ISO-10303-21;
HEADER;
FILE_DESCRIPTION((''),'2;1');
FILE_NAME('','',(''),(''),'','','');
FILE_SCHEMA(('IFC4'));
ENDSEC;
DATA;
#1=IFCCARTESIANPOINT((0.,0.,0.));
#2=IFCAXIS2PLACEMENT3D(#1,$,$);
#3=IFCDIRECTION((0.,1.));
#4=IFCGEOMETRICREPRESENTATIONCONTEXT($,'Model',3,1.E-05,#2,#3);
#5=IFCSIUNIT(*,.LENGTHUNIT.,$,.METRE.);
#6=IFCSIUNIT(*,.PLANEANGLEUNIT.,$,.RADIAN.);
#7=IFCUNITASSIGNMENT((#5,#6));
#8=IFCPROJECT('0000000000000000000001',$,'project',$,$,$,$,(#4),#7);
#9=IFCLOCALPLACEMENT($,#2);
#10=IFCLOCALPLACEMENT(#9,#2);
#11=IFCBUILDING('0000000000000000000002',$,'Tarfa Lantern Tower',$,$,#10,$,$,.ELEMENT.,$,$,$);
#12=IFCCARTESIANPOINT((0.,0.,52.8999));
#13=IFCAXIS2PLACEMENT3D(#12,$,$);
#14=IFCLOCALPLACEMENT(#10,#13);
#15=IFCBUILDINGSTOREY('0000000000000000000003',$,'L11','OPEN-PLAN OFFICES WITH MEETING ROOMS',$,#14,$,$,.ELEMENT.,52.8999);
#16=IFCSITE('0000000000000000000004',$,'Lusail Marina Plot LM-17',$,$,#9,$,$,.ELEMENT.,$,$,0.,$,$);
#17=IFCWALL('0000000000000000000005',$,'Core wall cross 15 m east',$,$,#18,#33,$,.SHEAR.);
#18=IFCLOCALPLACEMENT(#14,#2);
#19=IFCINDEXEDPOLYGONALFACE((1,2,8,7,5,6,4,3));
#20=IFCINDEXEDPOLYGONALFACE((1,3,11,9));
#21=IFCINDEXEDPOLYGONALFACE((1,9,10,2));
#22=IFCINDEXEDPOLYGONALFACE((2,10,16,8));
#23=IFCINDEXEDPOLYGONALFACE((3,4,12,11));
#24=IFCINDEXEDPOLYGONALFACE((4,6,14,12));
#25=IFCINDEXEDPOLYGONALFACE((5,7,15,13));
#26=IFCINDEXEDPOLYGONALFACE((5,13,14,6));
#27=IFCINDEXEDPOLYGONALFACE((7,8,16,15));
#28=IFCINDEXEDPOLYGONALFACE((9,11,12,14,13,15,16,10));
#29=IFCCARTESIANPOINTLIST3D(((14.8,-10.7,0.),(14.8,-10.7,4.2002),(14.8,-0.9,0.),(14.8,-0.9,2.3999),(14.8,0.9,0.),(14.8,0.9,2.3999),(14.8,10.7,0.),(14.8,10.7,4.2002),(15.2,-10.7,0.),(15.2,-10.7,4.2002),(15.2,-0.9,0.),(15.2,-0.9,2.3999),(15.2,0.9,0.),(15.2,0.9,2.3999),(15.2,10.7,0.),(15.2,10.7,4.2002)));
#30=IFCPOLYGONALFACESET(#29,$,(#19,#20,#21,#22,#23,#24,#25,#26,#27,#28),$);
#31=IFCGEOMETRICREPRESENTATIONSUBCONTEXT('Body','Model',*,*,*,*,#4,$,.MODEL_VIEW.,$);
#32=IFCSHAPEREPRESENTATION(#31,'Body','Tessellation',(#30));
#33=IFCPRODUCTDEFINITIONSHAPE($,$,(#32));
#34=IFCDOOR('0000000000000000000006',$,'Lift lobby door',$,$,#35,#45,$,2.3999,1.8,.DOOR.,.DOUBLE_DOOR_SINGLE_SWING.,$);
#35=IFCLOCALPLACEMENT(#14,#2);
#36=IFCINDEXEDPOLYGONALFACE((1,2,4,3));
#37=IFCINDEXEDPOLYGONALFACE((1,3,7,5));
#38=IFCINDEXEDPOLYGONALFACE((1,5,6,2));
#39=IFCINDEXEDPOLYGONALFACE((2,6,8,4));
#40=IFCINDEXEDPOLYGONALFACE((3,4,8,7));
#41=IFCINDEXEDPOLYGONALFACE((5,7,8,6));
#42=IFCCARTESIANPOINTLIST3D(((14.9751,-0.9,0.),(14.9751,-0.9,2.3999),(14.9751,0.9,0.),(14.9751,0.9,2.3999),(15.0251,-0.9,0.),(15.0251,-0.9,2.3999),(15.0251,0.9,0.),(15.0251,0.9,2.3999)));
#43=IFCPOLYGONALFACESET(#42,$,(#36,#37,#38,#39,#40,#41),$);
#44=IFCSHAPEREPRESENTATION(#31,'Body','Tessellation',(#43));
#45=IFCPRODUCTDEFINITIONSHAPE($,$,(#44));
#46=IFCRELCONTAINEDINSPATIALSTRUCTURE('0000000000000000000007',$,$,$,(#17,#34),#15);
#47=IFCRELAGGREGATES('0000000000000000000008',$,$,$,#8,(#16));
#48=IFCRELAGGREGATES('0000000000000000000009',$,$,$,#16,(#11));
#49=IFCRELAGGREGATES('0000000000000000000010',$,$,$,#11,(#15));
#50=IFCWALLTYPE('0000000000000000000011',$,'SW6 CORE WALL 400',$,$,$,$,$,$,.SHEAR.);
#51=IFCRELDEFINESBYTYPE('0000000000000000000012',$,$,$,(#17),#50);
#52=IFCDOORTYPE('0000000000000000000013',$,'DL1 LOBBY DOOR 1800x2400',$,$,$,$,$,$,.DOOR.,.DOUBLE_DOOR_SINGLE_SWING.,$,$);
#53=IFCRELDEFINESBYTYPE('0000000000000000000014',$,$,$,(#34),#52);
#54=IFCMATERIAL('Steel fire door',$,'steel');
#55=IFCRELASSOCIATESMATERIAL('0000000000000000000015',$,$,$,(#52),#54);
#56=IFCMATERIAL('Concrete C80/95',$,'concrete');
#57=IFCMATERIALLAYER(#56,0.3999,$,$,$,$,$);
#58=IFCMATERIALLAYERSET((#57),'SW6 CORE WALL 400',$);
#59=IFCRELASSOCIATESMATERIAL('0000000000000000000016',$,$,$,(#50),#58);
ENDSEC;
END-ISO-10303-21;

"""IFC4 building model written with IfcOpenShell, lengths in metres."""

from ifc_helpers import new_model, si_unit, direction, frame, frame_2d, origin, place, context, subcontext, project, spatial, rectangle, extrude, material, layer, layer_set, type_object, element, fill, save


model = new_model("IFC4")

# Units and contexts
model_context = context("Model", 3, precision=1e-05, world=origin(), true_north=direction((0.0, 1.0)))
body_context = subcontext(model_context, "Body", "Model", "MODEL_VIEW")
ifc_project = project(units=[si_unit("LENGTHUNIT", "METRE"), si_unit("PLANEANGLEUNIT", "RADIAN")], contexts=[model_context])

# Site, building, storey
site_placement = place(None, origin())
site = spatial("IfcSite", under=ifc_project, at=site_placement, Name="Lusail Marina Plot LM-17", CompositionType="ELEMENT", RefElevation=0.0)
building_placement = place(site_placement, origin())
building = spatial("IfcBuilding", under=site, at=building_placement, Name="Tarfa Lantern Tower", CompositionType="ELEMENT")
storey_placement = place(building_placement, frame((0.0, 0.0, 52.8999)))
storey = spatial("IfcBuildingStorey", under=building, at=storey_placement, Name="L11", Description="OPEN-PLAN OFFICES WITH MEETING ROOMS", CompositionType="ELEMENT", Elevation=52.8999)

# Shared definitions
ifc_material_1 = material(Name="Concrete C80/95", Category="concrete")
ifc_material_2 = material(Name="Steel fire door", Category="steel")
door_type_1 = type_object("IfcDoorType", Name="DL1 LOBBY DOOR 1800x2400", OperationType="DOUBLE_DOOR_SINGLE_SWING", PredefinedType="DOOR", material=ifc_material_2)

# Wall, opening, door
ifc_layer_1 = layer(ifc_material_1, 0.3999)
ifc_layer_set_1 = layer_set([ifc_layer_1], Name="SW6 CORE WALL 400")
wall_type_1 = type_object("IfcWallType", Name="SW6 CORE WALL 400", PredefinedType="SHEAR", material=ifc_layer_set_1)
wall_1_placement = place(storey_placement, frame((15.0, -10.7, 0.0), z_axis=(0.0, 0.0, 1.0), x_axis=(0.0, 1.0, 0.0)))
wall_1 = element("IfcWall", 1, at=wall_1_placement, inside=storey, type_object=wall_type_1, Name="Core wall cross 15 m east", PredefinedType="SHEAR", context=body_context, shape_type="SweptSolid", body=[
    extrude(rectangle(XDim=21.3999, YDim=0.3999, at=frame_2d((10.7, 0.0))), origin(), (0.0, 0.0, 1.0), 4.2002),
])
opening_1_placement = place(wall_1_placement, frame((9.8, 0.0, 0.0)))
opening_1 = element("IfcOpeningElement", 2, at=opening_1_placement, cuts=wall_1, PredefinedType="OPENING", context=body_context, shape_type="SweptSolid", body=[
    extrude(rectangle(XDim=1.8, YDim=2.3999, at=frame_2d((0.8999, 1.2))), frame((0.0, 0.21, 0.0), z_axis=(0.0, -1.0, 0.0), x_axis=(1.0, 0.0, 0.0)), (0.0, 0.0, 1.0), 0.4199),
])
door_1_placement = place(opening_1_placement, origin())
door_1 = element("IfcDoor", 3, at=door_1_placement, inside=storey, type_object=door_type_1, Name="Lift lobby door", OperationType="DOUBLE_DOOR_SINGLE_SWING", OverallHeight=2.3999, OverallWidth=1.8, PredefinedType="DOOR", context=body_context, shape_type="SweptSolid", body=[
    extrude(rectangle(XDim=1.8, YDim=2.3999, at=frame_2d((0.8999, 1.2))), frame((0.0, 0.0249, 0.0), z_axis=(0.0, -1.0, 0.0), x_axis=(1.0, 0.0, 0.0)), (0.0, 0.0, 1.0), 0.05),
])
fill(opening_1, door_1)

save(model, "model.ifc")
